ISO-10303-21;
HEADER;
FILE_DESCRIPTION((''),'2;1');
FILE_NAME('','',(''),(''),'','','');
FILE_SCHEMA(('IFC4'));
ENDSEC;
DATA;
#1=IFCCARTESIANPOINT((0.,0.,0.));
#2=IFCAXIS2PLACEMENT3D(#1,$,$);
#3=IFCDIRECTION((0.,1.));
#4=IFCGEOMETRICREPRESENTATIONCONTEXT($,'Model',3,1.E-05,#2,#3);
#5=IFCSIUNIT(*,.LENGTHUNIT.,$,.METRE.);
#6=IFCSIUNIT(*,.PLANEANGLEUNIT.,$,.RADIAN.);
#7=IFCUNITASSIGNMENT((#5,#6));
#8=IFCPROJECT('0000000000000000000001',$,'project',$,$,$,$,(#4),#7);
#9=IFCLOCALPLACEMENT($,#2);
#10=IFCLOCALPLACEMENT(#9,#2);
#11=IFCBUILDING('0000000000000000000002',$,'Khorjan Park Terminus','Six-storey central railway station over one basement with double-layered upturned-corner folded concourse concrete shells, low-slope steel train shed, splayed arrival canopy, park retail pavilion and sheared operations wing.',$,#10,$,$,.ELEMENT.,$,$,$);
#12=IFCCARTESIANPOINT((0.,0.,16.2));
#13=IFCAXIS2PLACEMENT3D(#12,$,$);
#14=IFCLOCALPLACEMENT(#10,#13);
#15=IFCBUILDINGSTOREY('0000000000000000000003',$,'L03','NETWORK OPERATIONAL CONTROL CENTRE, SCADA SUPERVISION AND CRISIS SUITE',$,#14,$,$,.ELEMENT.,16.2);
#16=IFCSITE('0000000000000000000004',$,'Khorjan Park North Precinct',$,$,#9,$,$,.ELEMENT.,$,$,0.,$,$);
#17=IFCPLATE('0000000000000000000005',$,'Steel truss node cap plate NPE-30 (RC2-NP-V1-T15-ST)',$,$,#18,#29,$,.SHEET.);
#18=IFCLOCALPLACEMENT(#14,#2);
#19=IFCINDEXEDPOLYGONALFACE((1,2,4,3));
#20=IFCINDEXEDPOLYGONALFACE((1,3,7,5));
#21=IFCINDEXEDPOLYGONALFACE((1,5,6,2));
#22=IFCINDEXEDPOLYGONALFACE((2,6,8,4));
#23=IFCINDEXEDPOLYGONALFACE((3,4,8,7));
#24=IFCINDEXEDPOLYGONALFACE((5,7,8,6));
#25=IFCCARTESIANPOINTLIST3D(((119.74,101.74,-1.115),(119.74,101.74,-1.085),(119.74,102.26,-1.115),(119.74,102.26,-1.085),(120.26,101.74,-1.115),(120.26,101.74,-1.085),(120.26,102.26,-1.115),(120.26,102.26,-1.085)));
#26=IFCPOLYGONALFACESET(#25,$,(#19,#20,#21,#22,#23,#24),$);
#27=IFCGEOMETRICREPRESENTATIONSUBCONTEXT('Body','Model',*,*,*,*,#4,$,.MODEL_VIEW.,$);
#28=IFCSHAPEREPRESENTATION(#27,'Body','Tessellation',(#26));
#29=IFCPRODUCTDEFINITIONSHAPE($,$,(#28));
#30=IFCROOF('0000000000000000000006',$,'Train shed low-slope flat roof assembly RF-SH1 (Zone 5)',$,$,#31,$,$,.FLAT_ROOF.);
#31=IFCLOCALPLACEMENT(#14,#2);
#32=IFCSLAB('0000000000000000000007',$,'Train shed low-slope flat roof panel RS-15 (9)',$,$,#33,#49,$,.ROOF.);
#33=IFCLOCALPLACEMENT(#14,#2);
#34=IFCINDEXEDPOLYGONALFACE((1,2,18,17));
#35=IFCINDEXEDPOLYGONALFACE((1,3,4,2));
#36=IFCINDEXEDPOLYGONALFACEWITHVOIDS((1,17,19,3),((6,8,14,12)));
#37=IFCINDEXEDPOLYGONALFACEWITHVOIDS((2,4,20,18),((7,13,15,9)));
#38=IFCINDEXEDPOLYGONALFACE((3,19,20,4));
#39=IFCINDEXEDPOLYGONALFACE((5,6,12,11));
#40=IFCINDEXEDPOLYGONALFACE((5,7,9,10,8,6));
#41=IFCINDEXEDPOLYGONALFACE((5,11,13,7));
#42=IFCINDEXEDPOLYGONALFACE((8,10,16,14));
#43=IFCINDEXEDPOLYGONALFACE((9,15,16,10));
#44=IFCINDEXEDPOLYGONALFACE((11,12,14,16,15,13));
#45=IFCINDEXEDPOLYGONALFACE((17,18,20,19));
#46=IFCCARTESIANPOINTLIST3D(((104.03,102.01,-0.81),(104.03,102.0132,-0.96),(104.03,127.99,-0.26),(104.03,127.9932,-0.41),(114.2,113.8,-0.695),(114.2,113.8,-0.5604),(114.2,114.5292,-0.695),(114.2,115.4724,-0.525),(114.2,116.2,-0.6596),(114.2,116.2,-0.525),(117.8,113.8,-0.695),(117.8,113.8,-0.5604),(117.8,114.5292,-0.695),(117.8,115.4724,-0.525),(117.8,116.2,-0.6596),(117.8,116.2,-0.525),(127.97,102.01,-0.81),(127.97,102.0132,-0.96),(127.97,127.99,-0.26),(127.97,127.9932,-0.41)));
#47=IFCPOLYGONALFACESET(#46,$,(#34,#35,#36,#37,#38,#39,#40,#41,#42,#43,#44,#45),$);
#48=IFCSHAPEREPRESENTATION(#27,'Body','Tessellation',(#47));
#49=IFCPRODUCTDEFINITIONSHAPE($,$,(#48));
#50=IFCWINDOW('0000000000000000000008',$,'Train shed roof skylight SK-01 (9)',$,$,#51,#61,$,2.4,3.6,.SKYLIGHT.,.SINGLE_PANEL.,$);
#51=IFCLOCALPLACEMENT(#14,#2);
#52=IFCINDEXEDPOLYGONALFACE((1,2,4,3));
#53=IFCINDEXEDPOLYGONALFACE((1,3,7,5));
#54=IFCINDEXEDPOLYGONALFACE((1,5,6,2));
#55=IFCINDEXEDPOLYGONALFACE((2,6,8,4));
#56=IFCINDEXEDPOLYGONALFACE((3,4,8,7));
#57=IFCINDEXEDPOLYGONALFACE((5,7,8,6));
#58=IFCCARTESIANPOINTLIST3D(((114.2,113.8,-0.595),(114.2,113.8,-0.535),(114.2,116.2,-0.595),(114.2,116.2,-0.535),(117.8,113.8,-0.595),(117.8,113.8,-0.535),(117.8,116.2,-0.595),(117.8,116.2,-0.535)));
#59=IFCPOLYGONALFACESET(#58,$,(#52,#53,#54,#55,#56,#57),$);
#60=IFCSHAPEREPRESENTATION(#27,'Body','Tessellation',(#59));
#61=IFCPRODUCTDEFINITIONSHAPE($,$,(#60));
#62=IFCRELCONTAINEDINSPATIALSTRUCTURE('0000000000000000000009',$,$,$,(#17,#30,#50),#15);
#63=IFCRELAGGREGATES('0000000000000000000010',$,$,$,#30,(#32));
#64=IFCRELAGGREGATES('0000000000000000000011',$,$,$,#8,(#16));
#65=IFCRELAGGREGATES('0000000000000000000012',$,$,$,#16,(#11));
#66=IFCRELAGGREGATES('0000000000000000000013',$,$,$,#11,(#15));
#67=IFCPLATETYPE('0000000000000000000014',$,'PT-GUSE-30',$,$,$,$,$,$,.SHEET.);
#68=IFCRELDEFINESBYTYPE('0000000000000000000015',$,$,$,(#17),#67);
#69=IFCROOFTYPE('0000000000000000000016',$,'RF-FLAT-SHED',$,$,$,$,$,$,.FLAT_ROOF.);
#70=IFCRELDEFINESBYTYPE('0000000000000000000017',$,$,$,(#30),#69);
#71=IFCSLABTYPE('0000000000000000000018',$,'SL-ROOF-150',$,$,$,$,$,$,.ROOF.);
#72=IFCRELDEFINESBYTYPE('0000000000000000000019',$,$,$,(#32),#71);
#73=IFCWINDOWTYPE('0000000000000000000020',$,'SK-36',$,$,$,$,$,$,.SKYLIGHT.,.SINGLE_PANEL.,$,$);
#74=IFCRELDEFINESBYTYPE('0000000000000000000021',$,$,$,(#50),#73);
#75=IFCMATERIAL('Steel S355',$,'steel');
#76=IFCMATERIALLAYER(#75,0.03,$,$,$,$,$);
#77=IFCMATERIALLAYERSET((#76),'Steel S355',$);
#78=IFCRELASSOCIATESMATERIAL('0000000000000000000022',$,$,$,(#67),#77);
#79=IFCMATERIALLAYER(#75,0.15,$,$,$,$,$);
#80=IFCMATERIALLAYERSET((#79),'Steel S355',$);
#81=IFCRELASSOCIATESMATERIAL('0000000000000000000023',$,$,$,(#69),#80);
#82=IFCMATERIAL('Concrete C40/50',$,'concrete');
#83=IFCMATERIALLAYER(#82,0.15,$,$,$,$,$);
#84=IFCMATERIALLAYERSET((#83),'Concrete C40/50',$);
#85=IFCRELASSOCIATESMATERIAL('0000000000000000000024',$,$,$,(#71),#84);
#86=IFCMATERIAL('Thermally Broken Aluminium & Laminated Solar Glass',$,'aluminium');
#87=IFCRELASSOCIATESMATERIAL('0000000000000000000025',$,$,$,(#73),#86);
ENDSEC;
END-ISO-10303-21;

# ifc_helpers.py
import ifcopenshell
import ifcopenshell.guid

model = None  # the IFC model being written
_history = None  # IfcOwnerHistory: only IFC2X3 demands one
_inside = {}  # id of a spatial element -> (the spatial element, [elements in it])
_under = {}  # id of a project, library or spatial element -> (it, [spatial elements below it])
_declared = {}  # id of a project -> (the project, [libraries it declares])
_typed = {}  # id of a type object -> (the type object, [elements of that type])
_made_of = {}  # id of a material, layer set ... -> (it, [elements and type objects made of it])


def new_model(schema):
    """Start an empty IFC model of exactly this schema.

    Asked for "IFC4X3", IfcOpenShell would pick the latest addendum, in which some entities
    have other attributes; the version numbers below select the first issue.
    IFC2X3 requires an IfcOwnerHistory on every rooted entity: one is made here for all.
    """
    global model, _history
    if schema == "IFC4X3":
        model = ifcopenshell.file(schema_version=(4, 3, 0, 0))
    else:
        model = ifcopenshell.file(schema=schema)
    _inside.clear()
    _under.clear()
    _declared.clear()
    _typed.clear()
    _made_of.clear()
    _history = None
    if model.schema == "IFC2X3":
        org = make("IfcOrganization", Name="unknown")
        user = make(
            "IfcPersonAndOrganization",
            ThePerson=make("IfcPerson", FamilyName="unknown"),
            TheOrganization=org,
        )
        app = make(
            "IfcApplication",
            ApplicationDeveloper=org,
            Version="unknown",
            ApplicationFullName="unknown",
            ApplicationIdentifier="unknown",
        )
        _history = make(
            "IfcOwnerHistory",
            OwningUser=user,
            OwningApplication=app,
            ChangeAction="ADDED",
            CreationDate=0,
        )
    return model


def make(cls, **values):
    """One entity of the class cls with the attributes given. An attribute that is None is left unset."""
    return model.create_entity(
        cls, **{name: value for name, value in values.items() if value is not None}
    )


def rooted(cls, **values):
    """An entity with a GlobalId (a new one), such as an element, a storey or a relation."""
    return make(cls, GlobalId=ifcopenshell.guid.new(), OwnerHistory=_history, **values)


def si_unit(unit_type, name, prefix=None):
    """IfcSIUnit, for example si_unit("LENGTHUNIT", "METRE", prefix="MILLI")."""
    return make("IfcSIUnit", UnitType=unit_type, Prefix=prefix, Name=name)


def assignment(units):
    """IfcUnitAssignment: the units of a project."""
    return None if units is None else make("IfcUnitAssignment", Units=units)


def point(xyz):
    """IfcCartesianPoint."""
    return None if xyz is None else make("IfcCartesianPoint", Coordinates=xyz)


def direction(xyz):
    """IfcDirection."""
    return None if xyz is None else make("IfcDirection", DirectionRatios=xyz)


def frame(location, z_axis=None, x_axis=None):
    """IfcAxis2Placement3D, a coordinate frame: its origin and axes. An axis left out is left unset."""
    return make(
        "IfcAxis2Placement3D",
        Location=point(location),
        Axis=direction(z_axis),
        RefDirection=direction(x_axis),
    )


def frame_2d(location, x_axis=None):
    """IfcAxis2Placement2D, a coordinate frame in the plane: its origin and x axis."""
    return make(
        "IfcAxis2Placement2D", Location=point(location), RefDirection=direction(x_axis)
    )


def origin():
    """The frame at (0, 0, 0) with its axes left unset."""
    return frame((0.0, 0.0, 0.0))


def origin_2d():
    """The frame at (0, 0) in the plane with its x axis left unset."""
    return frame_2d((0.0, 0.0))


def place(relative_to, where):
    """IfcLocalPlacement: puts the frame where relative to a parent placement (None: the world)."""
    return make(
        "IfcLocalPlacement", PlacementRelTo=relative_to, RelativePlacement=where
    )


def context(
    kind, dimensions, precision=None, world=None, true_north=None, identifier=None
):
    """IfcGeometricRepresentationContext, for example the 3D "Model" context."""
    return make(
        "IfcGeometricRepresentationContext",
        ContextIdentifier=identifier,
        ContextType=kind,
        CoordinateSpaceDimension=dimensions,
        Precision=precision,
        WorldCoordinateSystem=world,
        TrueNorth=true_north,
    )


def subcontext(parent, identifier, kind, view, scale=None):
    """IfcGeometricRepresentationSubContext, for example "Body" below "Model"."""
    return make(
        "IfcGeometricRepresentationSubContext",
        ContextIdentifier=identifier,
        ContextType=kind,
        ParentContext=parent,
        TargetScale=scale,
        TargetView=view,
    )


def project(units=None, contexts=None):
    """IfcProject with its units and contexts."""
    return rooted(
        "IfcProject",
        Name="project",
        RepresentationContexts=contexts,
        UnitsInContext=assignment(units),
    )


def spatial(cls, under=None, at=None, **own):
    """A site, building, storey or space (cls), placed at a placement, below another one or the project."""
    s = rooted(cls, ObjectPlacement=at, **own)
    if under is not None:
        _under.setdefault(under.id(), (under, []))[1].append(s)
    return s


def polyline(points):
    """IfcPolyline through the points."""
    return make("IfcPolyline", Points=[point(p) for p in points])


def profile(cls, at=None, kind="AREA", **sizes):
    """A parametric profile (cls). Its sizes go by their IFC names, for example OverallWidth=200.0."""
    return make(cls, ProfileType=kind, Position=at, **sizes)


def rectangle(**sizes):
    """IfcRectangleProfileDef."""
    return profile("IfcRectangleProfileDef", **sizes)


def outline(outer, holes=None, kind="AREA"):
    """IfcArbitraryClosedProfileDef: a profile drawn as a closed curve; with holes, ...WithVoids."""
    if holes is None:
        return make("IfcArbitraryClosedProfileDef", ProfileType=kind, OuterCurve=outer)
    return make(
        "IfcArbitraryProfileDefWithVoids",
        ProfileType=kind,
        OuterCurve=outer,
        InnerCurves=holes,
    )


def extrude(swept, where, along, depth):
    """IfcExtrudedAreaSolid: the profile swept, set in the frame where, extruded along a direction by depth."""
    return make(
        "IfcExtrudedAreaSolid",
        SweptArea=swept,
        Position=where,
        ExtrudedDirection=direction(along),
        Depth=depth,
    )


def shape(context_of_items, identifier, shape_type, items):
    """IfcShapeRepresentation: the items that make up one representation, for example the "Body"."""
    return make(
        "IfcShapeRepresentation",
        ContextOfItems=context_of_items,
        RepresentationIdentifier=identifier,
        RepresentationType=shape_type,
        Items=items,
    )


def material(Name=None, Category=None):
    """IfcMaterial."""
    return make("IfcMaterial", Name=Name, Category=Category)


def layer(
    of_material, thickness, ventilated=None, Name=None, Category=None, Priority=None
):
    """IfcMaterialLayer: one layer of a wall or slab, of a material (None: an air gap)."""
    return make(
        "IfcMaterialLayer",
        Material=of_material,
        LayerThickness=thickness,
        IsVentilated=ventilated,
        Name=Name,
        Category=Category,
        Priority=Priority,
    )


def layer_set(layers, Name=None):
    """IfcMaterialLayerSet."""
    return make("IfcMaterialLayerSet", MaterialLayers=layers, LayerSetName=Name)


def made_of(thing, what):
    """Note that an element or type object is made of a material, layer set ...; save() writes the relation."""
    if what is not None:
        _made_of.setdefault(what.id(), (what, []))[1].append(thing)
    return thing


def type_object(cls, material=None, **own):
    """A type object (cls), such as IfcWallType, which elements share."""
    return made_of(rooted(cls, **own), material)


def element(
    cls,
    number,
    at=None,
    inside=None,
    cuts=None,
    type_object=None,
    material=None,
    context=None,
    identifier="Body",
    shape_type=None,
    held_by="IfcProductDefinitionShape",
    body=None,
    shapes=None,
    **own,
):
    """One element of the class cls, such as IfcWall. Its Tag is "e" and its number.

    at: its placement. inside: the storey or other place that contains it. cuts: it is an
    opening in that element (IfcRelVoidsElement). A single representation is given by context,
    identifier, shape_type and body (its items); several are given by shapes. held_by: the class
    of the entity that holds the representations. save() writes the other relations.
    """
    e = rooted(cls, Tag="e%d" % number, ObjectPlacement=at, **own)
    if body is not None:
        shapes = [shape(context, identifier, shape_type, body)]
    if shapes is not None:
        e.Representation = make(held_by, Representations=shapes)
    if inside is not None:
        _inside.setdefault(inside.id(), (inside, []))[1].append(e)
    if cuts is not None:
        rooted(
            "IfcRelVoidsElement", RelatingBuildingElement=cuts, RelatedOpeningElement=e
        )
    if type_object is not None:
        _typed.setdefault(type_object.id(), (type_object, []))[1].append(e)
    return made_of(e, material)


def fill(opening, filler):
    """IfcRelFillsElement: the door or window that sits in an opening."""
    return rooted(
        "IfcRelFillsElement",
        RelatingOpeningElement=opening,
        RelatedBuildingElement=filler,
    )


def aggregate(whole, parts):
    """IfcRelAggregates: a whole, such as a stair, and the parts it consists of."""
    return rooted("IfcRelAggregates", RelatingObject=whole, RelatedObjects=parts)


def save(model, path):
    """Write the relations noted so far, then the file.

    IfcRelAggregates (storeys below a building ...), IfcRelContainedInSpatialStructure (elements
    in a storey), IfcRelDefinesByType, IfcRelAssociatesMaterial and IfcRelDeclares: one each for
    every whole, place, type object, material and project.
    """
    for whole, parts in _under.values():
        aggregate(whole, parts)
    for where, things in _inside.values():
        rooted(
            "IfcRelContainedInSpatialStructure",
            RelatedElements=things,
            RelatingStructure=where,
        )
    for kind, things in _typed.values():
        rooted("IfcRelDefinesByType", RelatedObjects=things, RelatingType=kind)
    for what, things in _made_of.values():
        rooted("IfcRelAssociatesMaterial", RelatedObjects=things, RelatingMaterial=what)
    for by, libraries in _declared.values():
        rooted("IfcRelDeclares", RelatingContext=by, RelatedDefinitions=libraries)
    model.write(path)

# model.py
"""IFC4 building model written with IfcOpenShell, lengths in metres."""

from ifc_helpers import new_model, si_unit, direction, frame, origin, origin_2d, place, context, subcontext, project, spatial, polyline, rectangle, outline, extrude, material, layer, layer_set, type_object, element, fill, aggregate, save


model = new_model("IFC4")

# Units and contexts
model_context = context("Model", 3, precision=1e-05, world=origin(), true_north=direction((0.0, 1.0)))
body_context = subcontext(model_context, "Body", "Model", "MODEL_VIEW")
ifc_project = project(units=[si_unit("LENGTHUNIT", "METRE"), si_unit("PLANEANGLEUNIT", "RADIAN")], contexts=[model_context])

# Site, building, storey
site_placement = place(None, origin())
site = spatial("IfcSite", under=ifc_project, at=site_placement, Name="Khorjan Park North Precinct", CompositionType="ELEMENT", RefElevation=0.0)
building_placement = place(site_placement, origin())
building = spatial("IfcBuilding", under=site, at=building_placement, Name="Khorjan Park Terminus", Description="Six-storey central railway station over one basement with double-layered upturned-corner folded concourse concrete shells, low-slope steel train shed, splayed arrival canopy, park retail pavilion and sheared operations wing.", CompositionType="ELEMENT")
storey_placement = place(building_placement, frame((0.0, 0.0, 16.2)))
storey = spatial("IfcBuildingStorey", under=building, at=storey_placement, Name="L03", Description="NETWORK OPERATIONAL CONTROL CENTRE, SCADA SUPERVISION AND CRISIS SUITE", CompositionType="ELEMENT", Elevation=16.2)

# Shared definitions
ifc_material_1 = material(Name="Steel S355", Category="steel")

# Plate
ifc_layer_1 = layer(ifc_material_1, 0.03)
ifc_layer_set_1 = layer_set([ifc_layer_1], Name="Steel S355")
plate_type_1 = type_object("IfcPlateType", Name="PT-GUSE-30", PredefinedType="SHEET", material=ifc_layer_set_1)
for number, where, z_axis, x_axis, name in (
    (1, (120.0, 102.0, -1.115), (0.0, 0.0, 1.0), (1.0, 0.0, 0.0), "Steel truss node cap plate NPE-30 (RC2-NP-V1-T15-ST)"),
):
    element("IfcPlate", number, at=place(storey_placement, frame(where, z_axis=z_axis, x_axis=x_axis)), inside=storey, type_object=plate_type_1, Name=name, PredefinedType="SHEET", context=body_context, shape_type="SweptSolid", body=[
        extrude(rectangle(XDim=0.52, YDim=0.52, at=origin_2d()), origin(), (0.0, 0.0, 1.0), 0.03),
    ])

# Roof, slab, opening, window
ifc_layer_2 = layer(ifc_material_1, 0.15)
ifc_layer_set_2 = layer_set([ifc_layer_2], Name="Steel S355")
roof_type = type_object("IfcRoofType", Name="RF-FLAT-SHED", PredefinedType="FLAT_ROOF", material=ifc_layer_set_2)
roof_placement = place(storey_placement, origin())
roof = element("IfcRoof", 2, at=roof_placement, inside=storey, type_object=roof_type, Name="Train shed low-slope flat roof assembly RF-SH1 (Zone 5)", PredefinedType="FLAT_ROOF")
ifc_material_2 = material(Name="Concrete C40/50", Category="concrete")
ifc_layer_3 = layer(ifc_material_2, 0.15)
ifc_layer_set_3 = layer_set([ifc_layer_3], Name="Concrete C40/50")
slab_type = type_object("IfcSlabType", Name="SL-ROOF-150", PredefinedType="ROOF", material=ifc_layer_set_3)
slab_placement = place(storey_placement, frame((104.03, 102.01, -0.81), z_axis=(0.0, -0.021165, 0.999776), x_axis=(1.0, 0.0, 0.0)))
slab = element("IfcSlab", 3, at=slab_placement, type_object=slab_type, Name="Train shed low-slope flat roof panel RS-15 (9)", PredefinedType="ROOF", context=body_context, shape_type="SweptSolid", body=[
    extrude(outline(polyline([(0.0, 0.0), (23.94, 0.0), (23.94, 25.9858), (0.0, 25.9858), (0.0, 0.0)])), origin(), (0.0, 0.0, -1.0), 0.15),
])
opening_placement = place(storey_placement, frame((116.0, 115.0, -0.685), z_axis=(0.0, 0.0, 1.0), x_axis=(1.0, 0.0, 0.0)))
opening = element("IfcOpeningElement", 4, at=opening_placement, cuts=slab, PredefinedType="OPENING", context=body_context, shape_type="SweptSolid", body=[
    extrude(rectangle(XDim=3.6, YDim=2.4, at=origin_2d()), frame((0.0, 0.0, -0.01)), (0.0, 0.0, 1.0), 0.17),
])
ifc_material_3 = material(Name="Thermally Broken Aluminium & Laminated Solar Glass", Category="aluminium")
window_type = type_object("IfcWindowType", Name="SK-36", PartitioningType="SINGLE_PANEL", PredefinedType="SKYLIGHT", material=ifc_material_3)
window_placement = place(opening_placement, frame((0.0, 0.0, 0.09)))
window = element("IfcWindow", 5, at=window_placement, inside=storey, type_object=window_type, Name="Train shed roof skylight SK-01 (9)", OverallHeight=2.4, OverallWidth=3.6, PartitioningType="SINGLE_PANEL", PredefinedType="SKYLIGHT", context=body_context, shape_type="SweptSolid", body=[
    extrude(rectangle(XDim=3.6, YDim=2.4, at=origin_2d()), origin(), (0.0, 0.0, 1.0), 0.06),
])
fill(opening, window)
aggregate(roof, [slab])

save(model, "model.ifc")
